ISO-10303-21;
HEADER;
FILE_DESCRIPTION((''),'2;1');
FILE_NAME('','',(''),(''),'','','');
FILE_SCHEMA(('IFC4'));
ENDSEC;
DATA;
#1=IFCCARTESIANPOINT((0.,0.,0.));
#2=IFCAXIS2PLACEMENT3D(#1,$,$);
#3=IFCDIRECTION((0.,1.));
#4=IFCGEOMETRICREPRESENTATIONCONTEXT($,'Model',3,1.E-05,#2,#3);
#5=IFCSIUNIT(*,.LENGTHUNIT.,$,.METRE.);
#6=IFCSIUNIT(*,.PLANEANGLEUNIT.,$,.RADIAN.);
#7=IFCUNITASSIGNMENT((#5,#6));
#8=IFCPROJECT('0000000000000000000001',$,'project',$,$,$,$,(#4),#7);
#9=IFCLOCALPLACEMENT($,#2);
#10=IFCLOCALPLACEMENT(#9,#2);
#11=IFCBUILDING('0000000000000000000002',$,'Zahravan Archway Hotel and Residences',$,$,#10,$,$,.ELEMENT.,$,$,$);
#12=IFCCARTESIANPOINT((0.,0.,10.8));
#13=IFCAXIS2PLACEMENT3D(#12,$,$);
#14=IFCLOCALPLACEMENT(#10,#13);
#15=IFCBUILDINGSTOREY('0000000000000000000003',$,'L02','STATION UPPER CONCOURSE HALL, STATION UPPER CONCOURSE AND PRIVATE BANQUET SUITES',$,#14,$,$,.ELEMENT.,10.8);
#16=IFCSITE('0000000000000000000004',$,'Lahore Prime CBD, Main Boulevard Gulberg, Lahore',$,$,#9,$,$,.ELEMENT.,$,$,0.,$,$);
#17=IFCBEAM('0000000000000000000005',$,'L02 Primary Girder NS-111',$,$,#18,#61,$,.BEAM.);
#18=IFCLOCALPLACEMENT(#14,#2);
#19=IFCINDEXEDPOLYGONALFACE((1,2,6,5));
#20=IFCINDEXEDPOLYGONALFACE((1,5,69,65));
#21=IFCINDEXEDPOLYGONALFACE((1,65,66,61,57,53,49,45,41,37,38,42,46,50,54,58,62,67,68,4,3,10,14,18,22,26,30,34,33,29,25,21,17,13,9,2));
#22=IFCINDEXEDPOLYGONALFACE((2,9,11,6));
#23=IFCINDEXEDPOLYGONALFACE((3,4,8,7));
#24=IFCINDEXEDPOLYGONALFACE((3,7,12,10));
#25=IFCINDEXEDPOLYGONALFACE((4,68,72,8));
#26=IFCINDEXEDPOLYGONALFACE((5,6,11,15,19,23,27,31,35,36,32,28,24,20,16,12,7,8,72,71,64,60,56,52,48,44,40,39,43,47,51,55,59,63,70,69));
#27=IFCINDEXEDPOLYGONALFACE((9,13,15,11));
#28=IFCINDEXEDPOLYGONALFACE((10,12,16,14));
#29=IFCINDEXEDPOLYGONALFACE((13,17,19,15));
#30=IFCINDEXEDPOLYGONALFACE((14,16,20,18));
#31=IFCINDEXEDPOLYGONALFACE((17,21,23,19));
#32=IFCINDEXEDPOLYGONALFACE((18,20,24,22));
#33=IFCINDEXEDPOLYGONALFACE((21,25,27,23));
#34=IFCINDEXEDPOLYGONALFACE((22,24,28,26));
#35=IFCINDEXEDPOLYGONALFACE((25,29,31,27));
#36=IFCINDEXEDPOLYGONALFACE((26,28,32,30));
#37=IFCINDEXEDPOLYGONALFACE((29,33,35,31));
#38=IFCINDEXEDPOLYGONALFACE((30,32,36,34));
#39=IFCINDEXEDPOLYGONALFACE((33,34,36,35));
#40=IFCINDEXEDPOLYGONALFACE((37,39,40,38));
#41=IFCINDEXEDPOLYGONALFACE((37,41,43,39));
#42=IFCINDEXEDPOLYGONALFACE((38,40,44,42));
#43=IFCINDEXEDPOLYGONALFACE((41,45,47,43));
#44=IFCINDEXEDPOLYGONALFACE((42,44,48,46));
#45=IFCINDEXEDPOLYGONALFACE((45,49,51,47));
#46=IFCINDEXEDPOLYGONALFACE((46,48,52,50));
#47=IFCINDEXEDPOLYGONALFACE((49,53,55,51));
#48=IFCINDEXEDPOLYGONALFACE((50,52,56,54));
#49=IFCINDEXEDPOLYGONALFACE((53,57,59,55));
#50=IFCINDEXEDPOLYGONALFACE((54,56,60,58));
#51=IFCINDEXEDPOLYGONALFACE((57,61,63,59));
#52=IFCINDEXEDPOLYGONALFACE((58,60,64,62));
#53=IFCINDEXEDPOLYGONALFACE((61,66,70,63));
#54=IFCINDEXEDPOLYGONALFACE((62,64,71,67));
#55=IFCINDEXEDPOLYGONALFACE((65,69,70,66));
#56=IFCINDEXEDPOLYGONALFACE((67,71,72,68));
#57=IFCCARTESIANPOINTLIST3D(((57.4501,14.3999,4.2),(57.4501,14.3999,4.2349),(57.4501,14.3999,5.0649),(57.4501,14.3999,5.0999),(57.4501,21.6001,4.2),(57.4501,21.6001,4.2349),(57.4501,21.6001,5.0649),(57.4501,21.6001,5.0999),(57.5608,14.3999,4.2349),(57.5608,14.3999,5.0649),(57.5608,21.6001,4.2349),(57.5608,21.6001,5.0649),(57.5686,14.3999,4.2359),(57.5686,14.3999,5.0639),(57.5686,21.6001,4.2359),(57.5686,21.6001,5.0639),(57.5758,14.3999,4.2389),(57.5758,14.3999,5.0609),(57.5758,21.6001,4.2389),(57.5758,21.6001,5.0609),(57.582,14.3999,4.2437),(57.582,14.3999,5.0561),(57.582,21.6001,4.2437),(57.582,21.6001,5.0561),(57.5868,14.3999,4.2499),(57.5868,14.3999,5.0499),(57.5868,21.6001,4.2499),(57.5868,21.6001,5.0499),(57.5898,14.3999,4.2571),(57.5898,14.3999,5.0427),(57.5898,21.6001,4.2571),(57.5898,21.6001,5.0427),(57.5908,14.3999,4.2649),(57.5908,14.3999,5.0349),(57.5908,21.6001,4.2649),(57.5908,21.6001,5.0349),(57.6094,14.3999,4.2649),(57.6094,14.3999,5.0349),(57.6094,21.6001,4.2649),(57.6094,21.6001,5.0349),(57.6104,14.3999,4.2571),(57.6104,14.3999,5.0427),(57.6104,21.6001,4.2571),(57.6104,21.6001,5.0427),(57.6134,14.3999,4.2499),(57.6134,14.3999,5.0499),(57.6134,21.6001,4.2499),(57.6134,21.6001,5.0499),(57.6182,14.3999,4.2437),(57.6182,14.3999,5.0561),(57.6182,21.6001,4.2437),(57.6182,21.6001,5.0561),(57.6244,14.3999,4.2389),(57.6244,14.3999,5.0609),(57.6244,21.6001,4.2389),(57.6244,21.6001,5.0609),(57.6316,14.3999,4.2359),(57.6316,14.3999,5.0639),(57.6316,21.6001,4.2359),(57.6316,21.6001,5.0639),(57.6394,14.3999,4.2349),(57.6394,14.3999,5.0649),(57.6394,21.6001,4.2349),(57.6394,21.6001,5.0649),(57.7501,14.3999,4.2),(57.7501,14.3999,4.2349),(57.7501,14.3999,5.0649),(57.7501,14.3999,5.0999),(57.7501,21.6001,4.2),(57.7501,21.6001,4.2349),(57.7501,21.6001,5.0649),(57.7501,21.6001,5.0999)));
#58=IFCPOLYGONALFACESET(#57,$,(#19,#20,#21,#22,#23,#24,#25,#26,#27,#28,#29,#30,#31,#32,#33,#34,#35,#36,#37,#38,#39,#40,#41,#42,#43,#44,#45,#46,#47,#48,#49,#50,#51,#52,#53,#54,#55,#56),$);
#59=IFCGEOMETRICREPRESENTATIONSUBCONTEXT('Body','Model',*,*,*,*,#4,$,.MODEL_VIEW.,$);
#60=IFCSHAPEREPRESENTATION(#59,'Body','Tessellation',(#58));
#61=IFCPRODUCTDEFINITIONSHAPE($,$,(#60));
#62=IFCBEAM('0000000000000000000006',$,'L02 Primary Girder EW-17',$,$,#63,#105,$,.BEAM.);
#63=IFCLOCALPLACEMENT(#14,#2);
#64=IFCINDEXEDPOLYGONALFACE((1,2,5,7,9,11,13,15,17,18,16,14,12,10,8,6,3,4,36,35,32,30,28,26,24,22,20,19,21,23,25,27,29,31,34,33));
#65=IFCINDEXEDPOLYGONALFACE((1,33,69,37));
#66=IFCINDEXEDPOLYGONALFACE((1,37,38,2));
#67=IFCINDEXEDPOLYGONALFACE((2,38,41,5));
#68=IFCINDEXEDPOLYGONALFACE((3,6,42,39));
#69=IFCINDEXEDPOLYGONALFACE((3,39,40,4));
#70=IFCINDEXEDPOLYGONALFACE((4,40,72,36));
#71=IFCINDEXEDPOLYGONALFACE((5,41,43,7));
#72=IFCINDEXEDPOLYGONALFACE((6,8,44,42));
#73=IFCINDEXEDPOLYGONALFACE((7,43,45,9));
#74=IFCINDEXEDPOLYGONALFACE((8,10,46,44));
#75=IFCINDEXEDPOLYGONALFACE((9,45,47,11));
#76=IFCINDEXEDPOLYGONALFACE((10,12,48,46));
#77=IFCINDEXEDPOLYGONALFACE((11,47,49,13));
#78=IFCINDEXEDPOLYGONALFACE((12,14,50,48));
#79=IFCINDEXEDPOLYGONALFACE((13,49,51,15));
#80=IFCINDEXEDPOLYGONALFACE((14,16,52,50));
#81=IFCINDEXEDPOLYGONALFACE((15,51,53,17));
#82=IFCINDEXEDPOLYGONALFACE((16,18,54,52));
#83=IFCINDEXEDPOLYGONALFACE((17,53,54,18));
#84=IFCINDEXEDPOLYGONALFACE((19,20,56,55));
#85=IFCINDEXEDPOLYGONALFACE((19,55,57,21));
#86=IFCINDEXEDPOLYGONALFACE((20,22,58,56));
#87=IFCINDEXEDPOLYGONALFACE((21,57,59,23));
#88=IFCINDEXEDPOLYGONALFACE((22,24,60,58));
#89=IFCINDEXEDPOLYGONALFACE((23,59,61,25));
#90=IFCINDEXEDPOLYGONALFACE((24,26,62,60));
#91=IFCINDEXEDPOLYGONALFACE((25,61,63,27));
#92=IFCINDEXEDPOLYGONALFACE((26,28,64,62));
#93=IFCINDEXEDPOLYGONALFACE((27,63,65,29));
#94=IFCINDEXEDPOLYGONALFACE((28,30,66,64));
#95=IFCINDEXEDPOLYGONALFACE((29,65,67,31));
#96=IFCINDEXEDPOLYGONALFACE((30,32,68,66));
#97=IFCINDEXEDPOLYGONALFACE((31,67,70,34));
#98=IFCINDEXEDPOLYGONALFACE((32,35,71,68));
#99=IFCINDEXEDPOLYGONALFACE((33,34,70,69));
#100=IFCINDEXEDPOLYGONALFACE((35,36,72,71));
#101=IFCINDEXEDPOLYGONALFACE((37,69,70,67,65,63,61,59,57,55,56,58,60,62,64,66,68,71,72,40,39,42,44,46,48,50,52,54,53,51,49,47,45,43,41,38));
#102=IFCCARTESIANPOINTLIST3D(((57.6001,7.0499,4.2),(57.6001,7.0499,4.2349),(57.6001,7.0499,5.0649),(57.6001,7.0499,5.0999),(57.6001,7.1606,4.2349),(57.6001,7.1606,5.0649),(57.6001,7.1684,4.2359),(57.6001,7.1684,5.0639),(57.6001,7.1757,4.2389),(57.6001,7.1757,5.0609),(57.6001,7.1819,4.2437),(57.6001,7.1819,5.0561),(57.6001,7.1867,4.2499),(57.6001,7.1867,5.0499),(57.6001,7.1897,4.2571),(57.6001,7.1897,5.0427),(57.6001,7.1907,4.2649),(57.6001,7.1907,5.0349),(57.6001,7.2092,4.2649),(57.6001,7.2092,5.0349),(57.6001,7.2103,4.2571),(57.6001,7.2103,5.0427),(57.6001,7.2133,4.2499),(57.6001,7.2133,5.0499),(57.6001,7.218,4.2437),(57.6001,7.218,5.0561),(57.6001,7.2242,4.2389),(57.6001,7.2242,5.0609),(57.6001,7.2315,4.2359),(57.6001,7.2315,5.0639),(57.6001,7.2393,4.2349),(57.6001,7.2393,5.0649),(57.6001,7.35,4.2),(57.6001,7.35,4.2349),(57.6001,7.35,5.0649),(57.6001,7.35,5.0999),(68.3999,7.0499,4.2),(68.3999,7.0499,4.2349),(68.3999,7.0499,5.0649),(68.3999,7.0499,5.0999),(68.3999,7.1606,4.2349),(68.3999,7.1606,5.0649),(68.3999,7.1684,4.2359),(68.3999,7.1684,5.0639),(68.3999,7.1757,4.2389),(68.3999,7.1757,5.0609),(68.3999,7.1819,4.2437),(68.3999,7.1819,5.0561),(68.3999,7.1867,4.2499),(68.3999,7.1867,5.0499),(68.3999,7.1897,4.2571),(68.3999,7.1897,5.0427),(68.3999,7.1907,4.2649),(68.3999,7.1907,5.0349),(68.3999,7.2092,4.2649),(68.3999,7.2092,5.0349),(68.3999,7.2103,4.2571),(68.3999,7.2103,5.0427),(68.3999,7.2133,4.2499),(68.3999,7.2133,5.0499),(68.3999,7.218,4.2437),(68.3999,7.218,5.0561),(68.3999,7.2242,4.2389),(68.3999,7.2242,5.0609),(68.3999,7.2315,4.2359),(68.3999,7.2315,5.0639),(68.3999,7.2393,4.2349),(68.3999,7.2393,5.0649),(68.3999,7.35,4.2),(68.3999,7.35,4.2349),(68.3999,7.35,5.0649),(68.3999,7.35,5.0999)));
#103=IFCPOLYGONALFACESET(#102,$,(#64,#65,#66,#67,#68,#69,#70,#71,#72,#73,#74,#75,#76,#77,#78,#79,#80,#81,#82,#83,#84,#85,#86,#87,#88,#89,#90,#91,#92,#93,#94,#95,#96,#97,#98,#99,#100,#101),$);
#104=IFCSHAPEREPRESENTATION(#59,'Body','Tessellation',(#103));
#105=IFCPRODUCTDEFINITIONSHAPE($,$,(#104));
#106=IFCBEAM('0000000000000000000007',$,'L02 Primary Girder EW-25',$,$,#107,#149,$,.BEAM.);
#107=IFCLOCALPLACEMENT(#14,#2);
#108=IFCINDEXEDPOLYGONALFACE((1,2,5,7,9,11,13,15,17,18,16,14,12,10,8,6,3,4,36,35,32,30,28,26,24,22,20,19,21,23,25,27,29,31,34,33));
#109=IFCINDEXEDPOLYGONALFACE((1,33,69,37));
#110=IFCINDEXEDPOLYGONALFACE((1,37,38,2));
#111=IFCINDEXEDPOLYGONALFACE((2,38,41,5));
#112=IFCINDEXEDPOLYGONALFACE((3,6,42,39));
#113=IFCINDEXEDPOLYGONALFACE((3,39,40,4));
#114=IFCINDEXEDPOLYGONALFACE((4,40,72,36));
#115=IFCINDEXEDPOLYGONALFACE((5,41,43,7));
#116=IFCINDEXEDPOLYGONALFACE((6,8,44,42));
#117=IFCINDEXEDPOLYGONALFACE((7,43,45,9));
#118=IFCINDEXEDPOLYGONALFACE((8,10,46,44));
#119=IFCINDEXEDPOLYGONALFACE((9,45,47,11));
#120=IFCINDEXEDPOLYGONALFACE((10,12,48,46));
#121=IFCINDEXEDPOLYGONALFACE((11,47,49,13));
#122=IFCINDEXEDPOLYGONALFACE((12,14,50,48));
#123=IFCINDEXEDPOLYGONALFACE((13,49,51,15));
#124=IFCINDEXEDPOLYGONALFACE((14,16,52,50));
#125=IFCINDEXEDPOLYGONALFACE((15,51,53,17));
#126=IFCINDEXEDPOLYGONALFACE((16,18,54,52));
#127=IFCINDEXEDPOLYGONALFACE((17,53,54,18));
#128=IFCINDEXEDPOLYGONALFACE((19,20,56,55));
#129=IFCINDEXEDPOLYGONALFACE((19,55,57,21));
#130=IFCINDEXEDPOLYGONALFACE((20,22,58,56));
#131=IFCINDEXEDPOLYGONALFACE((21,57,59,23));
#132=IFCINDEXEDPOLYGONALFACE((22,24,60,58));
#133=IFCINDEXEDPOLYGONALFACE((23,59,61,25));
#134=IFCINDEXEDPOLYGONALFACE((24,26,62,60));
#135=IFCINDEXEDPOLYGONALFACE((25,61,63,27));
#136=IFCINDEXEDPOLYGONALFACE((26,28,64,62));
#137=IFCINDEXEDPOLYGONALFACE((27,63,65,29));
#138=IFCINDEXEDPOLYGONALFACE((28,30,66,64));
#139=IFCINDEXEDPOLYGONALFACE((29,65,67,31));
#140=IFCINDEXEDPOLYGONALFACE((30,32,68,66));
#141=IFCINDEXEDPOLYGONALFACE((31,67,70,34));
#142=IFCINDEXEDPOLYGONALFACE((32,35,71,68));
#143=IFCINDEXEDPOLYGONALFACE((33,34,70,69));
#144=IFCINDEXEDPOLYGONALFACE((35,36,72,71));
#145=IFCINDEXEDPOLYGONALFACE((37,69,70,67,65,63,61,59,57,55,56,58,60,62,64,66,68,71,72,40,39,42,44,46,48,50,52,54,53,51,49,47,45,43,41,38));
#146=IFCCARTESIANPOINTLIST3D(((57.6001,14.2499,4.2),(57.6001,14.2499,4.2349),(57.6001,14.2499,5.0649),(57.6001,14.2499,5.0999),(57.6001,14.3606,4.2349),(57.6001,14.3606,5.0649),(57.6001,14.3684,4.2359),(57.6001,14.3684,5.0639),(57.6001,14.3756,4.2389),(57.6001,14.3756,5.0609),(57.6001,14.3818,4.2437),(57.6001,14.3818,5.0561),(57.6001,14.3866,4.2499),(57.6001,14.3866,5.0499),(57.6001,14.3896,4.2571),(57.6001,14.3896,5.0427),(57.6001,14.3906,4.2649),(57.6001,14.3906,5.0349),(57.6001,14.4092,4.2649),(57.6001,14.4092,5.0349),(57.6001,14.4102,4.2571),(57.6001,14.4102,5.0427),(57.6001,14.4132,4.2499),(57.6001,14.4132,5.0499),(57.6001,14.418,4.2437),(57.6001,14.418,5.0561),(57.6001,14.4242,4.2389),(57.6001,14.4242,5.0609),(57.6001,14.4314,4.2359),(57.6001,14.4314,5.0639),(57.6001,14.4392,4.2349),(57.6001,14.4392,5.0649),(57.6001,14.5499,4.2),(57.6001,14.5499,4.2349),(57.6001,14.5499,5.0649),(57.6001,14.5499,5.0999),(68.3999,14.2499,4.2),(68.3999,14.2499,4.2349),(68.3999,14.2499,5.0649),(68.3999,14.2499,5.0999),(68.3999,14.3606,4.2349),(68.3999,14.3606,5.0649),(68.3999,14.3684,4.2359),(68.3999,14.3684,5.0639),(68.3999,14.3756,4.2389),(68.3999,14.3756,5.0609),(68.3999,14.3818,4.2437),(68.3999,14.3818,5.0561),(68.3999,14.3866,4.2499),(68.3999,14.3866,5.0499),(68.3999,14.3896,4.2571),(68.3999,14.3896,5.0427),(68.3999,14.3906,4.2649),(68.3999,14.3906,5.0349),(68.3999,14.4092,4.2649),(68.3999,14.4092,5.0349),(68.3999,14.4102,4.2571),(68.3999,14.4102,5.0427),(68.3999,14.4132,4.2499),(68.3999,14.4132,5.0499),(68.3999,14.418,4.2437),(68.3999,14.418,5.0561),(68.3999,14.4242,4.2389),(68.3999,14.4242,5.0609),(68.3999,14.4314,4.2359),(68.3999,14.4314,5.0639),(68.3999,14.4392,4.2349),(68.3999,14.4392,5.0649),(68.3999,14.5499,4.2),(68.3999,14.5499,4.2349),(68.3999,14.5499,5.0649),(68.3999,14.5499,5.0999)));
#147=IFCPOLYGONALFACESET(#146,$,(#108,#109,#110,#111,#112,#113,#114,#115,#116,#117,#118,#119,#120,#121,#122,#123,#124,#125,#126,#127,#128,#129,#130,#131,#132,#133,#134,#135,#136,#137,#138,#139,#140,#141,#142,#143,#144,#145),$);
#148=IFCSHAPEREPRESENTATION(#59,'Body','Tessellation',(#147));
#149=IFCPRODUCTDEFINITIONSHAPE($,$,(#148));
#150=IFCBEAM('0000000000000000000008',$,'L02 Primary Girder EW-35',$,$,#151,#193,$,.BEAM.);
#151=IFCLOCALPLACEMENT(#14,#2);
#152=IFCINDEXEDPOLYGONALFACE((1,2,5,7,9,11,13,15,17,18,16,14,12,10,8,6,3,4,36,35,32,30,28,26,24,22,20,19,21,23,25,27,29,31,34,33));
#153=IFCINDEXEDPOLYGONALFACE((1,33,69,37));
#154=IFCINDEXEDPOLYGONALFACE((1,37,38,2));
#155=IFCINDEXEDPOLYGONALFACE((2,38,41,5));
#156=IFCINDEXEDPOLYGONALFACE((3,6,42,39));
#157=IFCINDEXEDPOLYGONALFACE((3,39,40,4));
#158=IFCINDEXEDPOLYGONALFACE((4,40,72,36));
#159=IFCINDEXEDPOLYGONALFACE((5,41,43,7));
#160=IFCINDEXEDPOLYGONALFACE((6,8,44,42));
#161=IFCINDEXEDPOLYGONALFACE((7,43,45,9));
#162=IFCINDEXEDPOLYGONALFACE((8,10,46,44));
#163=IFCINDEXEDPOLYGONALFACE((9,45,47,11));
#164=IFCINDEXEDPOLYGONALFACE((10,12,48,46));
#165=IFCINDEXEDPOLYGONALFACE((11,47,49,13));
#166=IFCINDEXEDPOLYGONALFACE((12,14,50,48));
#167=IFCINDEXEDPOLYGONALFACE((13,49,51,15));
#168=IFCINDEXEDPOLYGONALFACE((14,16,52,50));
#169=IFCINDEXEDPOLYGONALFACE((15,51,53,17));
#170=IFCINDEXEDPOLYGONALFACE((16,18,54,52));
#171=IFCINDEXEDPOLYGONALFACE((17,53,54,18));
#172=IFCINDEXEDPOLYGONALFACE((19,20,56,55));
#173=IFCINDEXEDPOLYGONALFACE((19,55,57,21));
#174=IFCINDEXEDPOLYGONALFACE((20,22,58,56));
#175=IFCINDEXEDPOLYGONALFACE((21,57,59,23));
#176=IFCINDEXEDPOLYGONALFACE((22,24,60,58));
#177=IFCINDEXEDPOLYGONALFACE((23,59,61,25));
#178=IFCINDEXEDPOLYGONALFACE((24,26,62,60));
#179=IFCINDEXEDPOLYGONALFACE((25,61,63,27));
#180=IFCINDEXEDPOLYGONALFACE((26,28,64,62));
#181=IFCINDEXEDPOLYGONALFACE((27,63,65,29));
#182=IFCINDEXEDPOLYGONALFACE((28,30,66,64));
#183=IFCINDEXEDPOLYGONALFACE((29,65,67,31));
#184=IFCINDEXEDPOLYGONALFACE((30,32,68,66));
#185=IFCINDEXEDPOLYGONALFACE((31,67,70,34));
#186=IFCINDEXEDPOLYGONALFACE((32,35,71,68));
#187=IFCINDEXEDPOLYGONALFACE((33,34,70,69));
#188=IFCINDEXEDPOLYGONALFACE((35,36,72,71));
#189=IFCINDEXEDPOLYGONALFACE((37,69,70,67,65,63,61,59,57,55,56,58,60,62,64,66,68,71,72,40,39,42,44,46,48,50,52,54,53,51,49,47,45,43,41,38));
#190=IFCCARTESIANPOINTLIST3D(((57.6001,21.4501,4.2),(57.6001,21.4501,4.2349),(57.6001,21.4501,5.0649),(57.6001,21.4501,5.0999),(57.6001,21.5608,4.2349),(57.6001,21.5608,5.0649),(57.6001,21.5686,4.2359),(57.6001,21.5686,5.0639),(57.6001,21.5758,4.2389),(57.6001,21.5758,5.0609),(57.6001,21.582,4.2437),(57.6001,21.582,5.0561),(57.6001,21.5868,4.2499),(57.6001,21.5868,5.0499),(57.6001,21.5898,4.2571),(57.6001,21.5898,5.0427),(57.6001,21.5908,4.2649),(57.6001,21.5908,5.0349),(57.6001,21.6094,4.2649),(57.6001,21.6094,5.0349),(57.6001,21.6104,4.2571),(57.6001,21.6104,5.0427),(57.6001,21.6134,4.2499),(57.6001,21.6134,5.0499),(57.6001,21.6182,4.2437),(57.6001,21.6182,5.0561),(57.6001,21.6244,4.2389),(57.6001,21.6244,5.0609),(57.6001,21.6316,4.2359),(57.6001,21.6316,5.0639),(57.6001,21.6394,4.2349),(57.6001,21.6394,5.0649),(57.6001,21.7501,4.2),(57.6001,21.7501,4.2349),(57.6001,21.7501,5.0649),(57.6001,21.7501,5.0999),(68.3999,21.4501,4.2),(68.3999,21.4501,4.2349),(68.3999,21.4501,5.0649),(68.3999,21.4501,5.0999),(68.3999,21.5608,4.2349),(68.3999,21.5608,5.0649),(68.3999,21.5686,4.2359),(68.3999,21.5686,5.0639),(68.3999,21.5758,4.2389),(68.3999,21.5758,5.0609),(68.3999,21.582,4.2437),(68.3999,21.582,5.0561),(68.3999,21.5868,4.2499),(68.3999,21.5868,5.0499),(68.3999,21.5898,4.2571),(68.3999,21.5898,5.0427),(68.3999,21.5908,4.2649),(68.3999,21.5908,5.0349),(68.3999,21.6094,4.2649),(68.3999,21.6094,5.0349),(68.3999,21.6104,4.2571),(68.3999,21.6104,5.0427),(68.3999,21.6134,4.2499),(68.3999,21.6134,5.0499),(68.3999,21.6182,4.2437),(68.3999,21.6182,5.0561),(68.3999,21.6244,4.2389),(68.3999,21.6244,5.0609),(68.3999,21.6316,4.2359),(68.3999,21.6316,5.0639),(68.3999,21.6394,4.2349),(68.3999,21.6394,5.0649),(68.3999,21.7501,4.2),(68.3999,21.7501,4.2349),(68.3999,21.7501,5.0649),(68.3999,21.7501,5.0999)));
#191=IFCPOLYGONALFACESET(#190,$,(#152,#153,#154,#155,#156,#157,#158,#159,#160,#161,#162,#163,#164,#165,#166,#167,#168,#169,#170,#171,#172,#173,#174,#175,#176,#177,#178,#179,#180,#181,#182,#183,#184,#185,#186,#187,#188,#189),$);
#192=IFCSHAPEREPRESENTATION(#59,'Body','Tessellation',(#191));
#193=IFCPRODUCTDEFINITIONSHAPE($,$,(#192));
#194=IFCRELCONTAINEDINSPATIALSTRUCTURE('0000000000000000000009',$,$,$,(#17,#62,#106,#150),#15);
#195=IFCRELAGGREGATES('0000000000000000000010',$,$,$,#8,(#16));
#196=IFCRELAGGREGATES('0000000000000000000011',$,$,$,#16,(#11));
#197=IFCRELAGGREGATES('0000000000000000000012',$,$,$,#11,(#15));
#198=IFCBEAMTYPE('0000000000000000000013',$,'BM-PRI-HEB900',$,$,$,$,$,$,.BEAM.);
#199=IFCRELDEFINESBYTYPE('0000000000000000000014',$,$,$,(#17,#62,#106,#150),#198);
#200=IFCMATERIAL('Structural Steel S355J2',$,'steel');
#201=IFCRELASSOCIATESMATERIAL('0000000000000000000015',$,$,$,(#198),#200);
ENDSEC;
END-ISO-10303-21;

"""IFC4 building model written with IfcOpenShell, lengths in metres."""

from ifc_helpers import new_model, si_unit, direction, frame, origin, origin_2d, place, context, subcontext, project, spatial, i_section, extrude, source, transform, mapped, material, material_profile, profile_set, type_object, element, save


model = new_model("IFC4")

# Units and contexts
model_context = context("Model", 3, precision=1e-05, world=origin(), true_north=direction((0.0, 1.0)))
body_context = subcontext(model_context, "Body", "Model", "MODEL_VIEW")
ifc_project = project(units=[si_unit("LENGTHUNIT", "METRE"), si_unit("PLANEANGLEUNIT", "RADIAN")], contexts=[model_context])

# Site, building, storey
site_placement = place(None, origin())
site = spatial("IfcSite", under=ifc_project, at=site_placement, Name="Lahore Prime CBD, Main Boulevard Gulberg, Lahore", CompositionType="ELEMENT", RefElevation=0.0)
building_placement = place(site_placement, origin())
building = spatial("IfcBuilding", under=site, at=building_placement, Name="Zahravan Archway Hotel and Residences", CompositionType="ELEMENT")
storey_placement = place(building_placement, frame((0.0, 0.0, 10.8)))
storey = spatial("IfcBuildingStorey", under=building, at=storey_placement, Name="L02", Description="STATION UPPER CONCOURSE HALL, STATION UPPER CONCOURSE AND PRIVATE BANQUET SUITES", CompositionType="ELEMENT", Elevation=10.8)

# Beams
ifc_material_1 = material(Name="Structural Steel S355J2", Category="steel")
ifc_material_profile_1 = material_profile(ifc_material_1, i_section(OverallWidth=0.3, OverallDepth=0.8999, WebThickness=0.0186, FlangeThickness=0.0349, FilletRadius=0.03, at=origin_2d()), Name="HEB 900", Category="steel")
ifc_profile_set_1 = profile_set([ifc_material_profile_1], Name="Structural Steel S355J2")
beam_type_1 = type_object("IfcBeamType", Name="BM-PRI-HEB900", PredefinedType="BEAM", material=ifc_profile_set_1)
shared_shape_1 = source(origin(), body_context, "Body", "SweptSolid", [
    extrude(i_section(OverallWidth=0.3, OverallDepth=0.8999, WebThickness=0.0186, FlangeThickness=0.0349, FilletRadius=0.03, at=origin_2d()), origin(), (0.0, 0.0, 1.0), 7.2002),
])
beam_1_placement = place(storey_placement, frame((57.6001, 14.3999, 4.6499), z_axis=(0.0, 1.0, 0.0), x_axis=(-1.0, 0.0, 0.0)))
element("IfcBeam", 1, at=beam_1_placement, inside=storey, type_object=beam_type_1, Name="L02 Primary Girder NS-111", PredefinedType="BEAM", context=body_context, shape_type="MappedRepresentation", body=[
    mapped(shared_shape_1, transform((0.0, 0.0, 0.0), scale=1.0)),
])
shared_shape_2 = source(origin(), body_context, "Body", "SweptSolid", [
    extrude(i_section(OverallWidth=0.3, OverallDepth=0.8999, WebThickness=0.0186, FlangeThickness=0.0349, FilletRadius=0.03, at=origin_2d()), origin(), (0.0, 0.0, 1.0), 10.7998),
])
for number, where, z_axis, x_axis, name in (
    (2, (57.6001, 7.2, 4.6499), (1.0, 0.0, 0.0), (0.0, 1.0, 0.0), "L02 Primary Girder EW-17"),
    (3, (57.6001, 14.3999, 4.6499), (1.0, 0.0, 0.0), (0.0, 1.0, 0.0), "L02 Primary Girder EW-25"),
    (4, (57.6001, 21.6001, 4.6499), (1.0, 0.0, 0.0), (0.0, 1.0, 0.0), "L02 Primary Girder EW-35"),
):
    element("IfcBeam", number, at=place(storey_placement, frame(where, z_axis=z_axis, x_axis=x_axis)), inside=storey, type_object=beam_type_1, Name=name, PredefinedType="BEAM", context=body_context, shape_type="MappedRepresentation", body=[
        mapped(shared_shape_2, transform((0.0, 0.0, 0.0), scale=1.0)),
    ])

save(model, "model.ifc")
